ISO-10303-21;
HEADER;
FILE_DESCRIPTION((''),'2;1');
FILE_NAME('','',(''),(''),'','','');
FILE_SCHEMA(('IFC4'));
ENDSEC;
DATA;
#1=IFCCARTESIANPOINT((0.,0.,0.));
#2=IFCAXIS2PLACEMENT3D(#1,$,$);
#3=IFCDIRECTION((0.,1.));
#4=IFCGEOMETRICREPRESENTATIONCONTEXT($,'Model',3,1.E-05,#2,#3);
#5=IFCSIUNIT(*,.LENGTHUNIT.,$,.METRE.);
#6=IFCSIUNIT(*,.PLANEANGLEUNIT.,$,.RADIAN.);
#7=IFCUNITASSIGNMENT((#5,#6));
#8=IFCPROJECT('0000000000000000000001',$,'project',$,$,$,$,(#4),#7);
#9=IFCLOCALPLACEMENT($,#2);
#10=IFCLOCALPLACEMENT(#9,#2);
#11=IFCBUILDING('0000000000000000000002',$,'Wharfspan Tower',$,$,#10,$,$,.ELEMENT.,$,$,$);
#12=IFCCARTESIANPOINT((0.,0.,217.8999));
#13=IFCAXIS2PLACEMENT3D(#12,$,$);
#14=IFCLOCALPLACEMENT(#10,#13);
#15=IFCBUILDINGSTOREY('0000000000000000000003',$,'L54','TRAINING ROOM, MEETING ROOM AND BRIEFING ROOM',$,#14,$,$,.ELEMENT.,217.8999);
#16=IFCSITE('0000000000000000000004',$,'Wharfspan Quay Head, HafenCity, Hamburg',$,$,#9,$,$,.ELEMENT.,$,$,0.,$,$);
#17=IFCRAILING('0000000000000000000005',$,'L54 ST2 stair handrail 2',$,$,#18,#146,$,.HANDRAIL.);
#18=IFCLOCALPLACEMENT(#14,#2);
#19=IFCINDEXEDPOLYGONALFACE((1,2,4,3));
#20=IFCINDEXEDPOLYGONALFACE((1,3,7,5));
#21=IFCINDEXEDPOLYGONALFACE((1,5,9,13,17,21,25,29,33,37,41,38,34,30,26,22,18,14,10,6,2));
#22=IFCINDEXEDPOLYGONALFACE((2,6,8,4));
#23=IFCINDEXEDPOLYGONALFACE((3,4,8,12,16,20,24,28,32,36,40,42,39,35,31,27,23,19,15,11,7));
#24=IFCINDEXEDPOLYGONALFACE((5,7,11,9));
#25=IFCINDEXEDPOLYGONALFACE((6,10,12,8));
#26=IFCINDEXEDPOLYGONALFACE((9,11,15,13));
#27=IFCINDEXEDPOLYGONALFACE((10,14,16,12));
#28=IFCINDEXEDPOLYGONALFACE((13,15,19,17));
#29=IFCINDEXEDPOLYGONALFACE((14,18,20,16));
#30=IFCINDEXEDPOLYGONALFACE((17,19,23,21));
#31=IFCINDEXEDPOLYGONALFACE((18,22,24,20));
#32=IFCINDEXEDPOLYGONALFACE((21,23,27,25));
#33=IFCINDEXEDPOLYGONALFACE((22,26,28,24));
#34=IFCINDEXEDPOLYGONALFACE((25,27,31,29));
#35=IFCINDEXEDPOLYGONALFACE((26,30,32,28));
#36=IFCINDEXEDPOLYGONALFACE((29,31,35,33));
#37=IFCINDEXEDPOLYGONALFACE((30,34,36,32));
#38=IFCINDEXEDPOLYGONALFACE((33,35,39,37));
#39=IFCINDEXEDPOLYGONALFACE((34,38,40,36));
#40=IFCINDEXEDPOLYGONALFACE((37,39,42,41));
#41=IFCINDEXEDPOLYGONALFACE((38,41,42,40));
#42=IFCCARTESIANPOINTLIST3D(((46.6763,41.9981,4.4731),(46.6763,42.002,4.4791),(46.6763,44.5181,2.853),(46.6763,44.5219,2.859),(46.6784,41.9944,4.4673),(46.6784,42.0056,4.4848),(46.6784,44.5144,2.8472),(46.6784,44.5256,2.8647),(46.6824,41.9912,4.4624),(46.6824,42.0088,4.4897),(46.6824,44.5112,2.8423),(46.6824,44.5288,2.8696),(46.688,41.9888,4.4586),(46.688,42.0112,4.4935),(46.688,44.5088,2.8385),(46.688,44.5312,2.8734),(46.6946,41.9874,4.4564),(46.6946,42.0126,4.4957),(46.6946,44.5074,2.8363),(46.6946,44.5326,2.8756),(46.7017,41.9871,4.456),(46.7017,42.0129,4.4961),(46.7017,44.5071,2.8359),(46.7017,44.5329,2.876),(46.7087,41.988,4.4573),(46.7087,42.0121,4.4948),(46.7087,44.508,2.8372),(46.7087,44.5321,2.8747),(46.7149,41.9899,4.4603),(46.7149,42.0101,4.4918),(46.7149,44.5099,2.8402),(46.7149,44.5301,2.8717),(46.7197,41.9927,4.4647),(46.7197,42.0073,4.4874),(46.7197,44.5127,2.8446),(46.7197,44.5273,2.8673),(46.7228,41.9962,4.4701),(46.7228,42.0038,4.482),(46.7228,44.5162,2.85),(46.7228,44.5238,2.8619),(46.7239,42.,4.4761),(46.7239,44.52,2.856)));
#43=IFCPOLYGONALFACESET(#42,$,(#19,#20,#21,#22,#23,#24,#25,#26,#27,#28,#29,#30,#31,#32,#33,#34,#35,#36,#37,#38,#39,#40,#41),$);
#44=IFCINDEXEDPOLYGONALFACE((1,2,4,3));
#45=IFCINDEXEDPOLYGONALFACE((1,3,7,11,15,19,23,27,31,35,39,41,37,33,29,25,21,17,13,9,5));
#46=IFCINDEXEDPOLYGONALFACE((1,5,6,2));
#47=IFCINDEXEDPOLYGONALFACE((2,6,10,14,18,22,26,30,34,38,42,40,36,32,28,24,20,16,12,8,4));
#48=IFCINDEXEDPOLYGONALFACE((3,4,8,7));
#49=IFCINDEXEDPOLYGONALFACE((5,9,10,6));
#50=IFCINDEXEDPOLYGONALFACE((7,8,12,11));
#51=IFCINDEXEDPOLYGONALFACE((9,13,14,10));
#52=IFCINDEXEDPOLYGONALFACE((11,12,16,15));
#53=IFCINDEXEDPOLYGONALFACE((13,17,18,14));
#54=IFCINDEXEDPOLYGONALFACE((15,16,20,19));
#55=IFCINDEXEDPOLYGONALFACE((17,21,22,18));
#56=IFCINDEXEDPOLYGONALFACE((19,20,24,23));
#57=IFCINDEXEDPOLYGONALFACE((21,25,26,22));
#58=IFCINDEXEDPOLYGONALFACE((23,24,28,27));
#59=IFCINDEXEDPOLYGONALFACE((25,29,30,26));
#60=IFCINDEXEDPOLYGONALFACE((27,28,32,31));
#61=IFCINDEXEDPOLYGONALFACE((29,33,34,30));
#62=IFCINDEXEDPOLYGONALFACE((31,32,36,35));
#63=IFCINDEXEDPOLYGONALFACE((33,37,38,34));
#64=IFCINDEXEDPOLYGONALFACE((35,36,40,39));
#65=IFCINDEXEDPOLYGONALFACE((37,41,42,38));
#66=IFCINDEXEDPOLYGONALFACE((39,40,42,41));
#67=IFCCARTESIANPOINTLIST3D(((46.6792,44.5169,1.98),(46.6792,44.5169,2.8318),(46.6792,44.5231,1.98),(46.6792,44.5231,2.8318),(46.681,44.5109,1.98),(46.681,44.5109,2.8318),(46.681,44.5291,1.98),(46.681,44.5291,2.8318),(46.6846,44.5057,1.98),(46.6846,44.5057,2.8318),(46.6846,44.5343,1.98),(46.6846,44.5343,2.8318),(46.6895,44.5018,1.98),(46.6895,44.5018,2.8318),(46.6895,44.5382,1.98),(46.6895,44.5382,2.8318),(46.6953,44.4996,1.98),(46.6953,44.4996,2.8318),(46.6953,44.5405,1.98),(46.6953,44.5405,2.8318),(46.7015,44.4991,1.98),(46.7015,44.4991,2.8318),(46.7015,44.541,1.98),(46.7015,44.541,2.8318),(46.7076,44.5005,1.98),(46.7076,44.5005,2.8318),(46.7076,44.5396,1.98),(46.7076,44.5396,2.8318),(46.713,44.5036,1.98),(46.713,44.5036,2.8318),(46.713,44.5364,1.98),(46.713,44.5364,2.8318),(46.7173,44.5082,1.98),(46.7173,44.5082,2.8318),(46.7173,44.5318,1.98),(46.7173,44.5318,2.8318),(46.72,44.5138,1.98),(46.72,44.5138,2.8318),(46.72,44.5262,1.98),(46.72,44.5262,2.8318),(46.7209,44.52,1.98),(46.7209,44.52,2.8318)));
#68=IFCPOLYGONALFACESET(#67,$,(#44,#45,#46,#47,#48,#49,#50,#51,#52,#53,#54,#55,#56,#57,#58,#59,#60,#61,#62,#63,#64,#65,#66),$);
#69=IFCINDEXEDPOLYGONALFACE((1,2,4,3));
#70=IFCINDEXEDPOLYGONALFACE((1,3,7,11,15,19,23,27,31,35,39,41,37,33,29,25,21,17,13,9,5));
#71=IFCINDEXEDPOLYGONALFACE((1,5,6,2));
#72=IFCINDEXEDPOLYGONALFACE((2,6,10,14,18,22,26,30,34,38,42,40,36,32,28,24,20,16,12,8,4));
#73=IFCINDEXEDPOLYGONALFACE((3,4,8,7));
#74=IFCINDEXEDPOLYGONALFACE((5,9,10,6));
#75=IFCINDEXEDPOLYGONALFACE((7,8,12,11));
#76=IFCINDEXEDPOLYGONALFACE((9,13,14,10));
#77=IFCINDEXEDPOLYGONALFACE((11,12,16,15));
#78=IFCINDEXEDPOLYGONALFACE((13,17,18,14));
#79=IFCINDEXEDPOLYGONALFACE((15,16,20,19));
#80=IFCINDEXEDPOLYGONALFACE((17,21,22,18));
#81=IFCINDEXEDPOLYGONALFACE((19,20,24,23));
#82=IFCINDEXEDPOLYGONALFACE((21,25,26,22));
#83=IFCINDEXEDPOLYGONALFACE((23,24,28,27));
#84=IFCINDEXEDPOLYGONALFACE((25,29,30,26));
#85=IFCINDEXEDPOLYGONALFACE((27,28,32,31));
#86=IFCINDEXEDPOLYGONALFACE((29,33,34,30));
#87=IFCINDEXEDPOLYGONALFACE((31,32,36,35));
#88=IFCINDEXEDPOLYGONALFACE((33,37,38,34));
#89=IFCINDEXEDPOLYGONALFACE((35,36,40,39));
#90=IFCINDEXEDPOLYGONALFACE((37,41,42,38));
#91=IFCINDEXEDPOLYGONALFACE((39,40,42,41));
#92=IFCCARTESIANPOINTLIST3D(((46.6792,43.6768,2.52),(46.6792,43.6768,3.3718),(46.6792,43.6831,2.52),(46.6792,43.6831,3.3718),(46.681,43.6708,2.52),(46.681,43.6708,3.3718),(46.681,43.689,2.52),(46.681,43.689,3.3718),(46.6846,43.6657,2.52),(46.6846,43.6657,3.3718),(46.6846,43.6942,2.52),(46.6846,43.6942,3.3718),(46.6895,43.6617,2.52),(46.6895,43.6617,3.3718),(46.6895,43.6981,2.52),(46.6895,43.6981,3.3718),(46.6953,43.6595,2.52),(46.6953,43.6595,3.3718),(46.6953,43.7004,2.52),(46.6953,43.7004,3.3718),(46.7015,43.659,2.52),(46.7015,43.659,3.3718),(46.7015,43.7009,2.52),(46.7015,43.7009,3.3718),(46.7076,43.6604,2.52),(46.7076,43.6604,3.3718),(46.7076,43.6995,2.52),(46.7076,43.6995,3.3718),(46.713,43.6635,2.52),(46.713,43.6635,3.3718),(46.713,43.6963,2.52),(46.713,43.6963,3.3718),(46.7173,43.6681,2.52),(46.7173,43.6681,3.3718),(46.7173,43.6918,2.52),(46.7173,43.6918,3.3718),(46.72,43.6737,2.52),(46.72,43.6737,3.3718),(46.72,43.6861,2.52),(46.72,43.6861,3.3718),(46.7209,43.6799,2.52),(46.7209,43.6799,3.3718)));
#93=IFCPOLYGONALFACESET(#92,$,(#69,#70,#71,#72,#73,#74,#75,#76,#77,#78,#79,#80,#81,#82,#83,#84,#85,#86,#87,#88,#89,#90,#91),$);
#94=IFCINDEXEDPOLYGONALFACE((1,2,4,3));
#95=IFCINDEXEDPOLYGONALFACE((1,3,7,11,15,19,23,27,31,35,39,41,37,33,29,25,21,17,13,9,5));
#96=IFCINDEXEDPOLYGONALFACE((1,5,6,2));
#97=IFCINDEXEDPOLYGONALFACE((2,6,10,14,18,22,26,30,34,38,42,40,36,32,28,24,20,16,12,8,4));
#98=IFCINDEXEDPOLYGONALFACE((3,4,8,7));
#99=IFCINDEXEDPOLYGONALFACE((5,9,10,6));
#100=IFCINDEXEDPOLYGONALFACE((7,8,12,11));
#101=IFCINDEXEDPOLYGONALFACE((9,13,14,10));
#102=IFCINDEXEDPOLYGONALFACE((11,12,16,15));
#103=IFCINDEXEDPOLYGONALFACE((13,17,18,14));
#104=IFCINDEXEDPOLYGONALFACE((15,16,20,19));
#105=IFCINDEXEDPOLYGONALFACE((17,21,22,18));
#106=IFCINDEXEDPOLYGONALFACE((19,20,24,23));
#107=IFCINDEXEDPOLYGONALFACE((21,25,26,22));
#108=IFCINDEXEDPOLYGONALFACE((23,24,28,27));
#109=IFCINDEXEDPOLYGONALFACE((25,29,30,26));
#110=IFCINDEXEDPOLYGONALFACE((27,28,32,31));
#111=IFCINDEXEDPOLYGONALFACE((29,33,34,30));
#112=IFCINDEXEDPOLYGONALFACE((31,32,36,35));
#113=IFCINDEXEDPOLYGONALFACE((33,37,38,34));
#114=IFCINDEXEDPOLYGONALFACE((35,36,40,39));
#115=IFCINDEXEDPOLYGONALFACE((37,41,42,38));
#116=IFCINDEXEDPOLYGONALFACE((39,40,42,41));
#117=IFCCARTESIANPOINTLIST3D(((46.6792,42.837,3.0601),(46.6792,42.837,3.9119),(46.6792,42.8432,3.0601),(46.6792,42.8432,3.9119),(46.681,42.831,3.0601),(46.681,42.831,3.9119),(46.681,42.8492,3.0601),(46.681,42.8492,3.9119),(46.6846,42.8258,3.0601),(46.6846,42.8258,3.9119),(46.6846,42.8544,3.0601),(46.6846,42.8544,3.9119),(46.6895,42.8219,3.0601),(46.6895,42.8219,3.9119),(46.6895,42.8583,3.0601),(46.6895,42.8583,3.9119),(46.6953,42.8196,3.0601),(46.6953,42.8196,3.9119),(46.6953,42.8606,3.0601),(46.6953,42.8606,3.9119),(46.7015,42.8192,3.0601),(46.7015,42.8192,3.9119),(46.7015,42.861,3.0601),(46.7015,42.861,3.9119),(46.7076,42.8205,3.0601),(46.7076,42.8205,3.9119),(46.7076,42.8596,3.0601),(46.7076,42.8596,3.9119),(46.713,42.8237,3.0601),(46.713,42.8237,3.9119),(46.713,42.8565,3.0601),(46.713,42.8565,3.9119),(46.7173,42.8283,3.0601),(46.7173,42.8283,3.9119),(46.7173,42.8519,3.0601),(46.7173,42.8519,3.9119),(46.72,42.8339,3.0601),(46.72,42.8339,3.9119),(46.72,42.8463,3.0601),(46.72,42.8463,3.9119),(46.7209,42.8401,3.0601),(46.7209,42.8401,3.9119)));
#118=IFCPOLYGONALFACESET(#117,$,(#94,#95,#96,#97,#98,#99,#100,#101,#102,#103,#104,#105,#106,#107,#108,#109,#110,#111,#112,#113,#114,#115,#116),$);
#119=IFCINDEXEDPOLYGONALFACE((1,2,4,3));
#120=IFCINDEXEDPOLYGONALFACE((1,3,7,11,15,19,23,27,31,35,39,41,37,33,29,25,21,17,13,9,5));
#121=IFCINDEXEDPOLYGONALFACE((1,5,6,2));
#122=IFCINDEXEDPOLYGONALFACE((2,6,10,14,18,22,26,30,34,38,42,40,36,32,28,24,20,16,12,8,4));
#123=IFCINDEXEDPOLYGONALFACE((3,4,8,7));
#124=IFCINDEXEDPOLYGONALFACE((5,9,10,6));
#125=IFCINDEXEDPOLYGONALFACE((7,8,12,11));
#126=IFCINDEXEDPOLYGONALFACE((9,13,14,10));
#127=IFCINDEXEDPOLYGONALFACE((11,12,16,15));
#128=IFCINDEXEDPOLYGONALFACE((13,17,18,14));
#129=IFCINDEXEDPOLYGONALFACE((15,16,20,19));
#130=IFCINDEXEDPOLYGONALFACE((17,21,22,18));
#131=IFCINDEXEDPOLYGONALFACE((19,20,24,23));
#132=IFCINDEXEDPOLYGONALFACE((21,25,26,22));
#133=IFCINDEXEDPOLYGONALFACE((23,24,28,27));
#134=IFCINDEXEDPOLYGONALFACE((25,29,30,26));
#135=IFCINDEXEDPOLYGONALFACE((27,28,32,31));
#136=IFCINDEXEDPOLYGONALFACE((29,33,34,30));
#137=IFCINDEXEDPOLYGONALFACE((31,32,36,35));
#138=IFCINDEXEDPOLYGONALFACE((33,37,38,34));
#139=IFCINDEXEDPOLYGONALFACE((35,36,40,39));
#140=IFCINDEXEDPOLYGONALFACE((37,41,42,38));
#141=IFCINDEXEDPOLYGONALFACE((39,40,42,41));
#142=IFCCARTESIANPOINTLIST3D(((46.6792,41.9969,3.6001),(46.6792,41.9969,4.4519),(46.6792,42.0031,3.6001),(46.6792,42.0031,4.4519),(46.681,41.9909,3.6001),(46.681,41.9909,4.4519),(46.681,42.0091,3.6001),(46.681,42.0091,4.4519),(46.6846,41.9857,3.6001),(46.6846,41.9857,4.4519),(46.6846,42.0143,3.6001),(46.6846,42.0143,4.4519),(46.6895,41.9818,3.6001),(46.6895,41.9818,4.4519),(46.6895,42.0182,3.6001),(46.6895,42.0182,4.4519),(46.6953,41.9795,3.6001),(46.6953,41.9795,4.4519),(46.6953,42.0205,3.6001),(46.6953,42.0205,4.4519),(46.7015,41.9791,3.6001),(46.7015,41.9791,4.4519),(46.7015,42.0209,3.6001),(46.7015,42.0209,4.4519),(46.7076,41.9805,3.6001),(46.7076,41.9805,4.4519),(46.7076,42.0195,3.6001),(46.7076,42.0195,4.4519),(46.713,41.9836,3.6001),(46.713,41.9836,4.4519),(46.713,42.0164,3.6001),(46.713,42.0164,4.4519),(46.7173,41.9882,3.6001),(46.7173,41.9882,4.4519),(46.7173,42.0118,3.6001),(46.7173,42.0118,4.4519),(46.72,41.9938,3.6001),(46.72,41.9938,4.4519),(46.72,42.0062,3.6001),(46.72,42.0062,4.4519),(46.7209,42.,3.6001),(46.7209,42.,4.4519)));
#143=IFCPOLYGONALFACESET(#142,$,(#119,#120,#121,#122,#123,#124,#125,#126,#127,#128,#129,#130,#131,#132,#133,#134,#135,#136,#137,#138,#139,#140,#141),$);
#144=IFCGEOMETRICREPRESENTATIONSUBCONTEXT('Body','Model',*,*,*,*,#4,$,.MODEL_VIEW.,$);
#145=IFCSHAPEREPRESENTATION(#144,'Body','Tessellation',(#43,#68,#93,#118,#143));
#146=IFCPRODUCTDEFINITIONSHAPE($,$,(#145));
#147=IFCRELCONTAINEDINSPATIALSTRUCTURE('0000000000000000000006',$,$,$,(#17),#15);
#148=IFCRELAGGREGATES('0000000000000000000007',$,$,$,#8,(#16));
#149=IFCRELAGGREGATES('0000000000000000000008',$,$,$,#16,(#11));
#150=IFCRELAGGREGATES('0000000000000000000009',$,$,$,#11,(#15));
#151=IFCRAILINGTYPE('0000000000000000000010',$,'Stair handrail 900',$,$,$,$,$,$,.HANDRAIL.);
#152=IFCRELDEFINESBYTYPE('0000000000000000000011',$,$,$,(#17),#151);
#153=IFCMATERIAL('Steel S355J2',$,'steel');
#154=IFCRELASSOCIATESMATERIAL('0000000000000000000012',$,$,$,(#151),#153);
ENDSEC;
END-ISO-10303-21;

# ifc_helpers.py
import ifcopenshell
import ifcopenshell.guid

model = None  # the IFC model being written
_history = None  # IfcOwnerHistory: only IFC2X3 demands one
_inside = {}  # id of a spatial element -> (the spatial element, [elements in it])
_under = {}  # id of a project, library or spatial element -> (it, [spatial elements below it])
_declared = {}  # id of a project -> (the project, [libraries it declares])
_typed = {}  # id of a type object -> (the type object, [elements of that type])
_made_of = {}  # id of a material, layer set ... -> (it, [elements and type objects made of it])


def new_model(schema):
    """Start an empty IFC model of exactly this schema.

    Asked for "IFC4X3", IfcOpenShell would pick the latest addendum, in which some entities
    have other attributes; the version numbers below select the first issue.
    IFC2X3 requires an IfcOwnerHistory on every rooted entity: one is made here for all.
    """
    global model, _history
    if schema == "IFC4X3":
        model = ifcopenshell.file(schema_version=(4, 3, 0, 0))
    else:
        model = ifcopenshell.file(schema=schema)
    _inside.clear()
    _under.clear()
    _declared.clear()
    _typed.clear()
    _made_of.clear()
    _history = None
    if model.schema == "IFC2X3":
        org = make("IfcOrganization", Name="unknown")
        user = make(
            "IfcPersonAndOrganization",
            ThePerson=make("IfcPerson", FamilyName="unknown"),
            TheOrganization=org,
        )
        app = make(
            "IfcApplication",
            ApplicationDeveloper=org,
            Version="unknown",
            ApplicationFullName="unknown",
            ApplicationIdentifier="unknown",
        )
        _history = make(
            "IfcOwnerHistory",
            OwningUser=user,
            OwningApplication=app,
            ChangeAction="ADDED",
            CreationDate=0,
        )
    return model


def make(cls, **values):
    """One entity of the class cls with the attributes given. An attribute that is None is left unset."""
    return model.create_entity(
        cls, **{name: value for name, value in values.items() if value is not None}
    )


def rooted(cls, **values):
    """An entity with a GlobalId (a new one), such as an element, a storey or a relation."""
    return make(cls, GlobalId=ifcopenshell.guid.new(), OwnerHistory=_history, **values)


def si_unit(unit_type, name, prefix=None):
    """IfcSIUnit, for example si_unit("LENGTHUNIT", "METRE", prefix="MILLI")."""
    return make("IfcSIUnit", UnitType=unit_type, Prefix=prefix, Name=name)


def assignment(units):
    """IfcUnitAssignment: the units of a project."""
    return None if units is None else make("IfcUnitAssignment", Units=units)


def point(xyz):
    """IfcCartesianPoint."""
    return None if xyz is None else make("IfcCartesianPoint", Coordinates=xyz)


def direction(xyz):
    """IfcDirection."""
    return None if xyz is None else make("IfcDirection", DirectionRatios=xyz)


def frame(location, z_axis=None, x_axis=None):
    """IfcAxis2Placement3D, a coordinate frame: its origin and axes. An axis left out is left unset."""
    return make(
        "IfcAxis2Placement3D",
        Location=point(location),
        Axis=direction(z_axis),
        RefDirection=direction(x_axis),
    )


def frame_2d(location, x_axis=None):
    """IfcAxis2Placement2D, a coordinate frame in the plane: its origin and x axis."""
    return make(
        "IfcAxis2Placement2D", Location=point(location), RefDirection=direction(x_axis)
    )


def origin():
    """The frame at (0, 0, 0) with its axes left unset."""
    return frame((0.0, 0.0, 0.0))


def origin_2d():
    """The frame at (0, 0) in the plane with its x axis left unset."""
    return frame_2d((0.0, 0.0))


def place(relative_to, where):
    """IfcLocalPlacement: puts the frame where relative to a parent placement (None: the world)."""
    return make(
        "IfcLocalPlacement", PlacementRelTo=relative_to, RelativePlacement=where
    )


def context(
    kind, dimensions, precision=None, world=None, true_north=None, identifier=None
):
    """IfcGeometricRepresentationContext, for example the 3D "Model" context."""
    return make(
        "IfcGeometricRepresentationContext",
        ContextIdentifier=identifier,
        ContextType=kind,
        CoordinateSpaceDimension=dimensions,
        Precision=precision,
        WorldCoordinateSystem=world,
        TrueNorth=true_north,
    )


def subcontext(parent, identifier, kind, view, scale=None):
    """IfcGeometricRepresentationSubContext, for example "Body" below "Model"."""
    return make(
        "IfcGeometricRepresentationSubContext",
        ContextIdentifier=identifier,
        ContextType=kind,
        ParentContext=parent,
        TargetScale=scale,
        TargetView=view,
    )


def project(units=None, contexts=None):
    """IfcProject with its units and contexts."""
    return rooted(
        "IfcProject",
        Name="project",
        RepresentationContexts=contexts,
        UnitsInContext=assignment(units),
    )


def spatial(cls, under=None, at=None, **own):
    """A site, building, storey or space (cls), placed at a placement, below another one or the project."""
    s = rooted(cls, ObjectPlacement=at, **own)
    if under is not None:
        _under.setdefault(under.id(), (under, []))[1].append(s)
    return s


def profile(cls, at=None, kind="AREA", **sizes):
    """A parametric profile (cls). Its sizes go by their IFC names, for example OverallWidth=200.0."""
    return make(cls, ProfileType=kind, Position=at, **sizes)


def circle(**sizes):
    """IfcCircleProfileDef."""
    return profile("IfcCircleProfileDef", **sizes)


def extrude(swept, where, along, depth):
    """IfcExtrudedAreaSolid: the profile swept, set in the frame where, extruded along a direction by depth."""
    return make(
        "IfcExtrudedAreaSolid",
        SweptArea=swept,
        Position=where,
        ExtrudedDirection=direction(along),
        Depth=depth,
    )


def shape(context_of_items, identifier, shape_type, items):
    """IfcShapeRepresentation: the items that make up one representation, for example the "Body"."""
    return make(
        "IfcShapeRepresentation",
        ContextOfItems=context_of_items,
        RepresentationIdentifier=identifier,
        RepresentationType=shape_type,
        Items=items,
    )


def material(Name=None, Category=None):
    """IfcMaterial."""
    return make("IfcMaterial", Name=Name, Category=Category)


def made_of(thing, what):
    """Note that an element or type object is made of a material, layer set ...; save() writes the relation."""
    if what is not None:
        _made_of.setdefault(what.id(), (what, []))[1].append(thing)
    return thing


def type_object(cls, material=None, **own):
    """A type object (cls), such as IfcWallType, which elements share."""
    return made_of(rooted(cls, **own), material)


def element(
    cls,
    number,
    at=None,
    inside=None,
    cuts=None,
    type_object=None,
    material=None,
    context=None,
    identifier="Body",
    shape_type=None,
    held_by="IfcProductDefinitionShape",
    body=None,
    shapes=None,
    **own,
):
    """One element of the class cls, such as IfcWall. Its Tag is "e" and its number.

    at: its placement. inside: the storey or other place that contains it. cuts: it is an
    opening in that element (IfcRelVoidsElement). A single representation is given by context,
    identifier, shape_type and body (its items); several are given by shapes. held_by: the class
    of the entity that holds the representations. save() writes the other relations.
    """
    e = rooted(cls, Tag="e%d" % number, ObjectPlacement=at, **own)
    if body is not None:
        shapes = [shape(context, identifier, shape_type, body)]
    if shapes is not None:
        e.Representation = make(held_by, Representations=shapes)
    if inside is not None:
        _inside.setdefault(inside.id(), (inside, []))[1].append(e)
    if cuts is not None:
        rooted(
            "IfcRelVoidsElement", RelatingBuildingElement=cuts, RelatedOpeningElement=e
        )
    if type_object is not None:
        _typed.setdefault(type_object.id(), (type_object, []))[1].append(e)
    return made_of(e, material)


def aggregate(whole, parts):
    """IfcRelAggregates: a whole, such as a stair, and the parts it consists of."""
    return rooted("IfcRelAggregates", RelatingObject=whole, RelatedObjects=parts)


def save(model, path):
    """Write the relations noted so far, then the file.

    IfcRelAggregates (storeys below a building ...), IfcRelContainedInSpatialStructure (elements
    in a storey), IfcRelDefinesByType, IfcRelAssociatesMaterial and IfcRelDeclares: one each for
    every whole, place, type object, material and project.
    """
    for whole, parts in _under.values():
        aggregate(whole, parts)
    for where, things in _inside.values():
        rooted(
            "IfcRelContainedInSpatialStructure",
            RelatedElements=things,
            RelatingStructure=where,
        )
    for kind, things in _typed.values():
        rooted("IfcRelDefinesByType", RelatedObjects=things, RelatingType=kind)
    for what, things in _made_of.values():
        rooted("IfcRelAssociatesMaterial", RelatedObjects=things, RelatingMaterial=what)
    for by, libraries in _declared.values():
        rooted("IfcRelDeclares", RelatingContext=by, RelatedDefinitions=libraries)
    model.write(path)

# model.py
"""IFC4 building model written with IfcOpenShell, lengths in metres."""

from ifc_helpers import new_model, si_unit, direction, frame, origin, origin_2d, place, context, subcontext, project, spatial, circle, extrude, material, type_object, element, save


model = new_model("IFC4")

# Units and contexts
model_context = context("Model", 3, precision=1e-05, world=origin(), true_north=direction((0.0, 1.0)))
body_context = subcontext(model_context, "Body", "Model", "MODEL_VIEW")
ifc_project = project(units=[si_unit("LENGTHUNIT", "METRE"), si_unit("PLANEANGLEUNIT", "RADIAN")], contexts=[model_context])

# Site, building, storey
site_placement = place(None, origin())
site = spatial("IfcSite", under=ifc_project, at=site_placement, Name="Wharfspan Quay Head, HafenCity, Hamburg", CompositionType="ELEMENT", RefElevation=0.0)
building_placement = place(site_placement, origin())
building = spatial("IfcBuilding", under=site, at=building_placement, Name="Wharfspan Tower", CompositionType="ELEMENT")
storey_placement = place(building_placement, frame((0.0, 0.0, 217.8999)))
storey = spatial("IfcBuildingStorey", under=building, at=storey_placement, Name="L54", Description="TRAINING ROOM, MEETING ROOM AND BRIEFING ROOM", CompositionType="ELEMENT", Elevation=217.8999)

# Shared definitions
ifc_material_1 = material(Name="Steel S355J2", Category="steel")

# Railing
railing_type_1 = type_object("IfcRailingType", Name="Stair handrail 900", PredefinedType="HANDRAIL", material=ifc_material_1)
railing_1_placement = place(storey_placement, frame((46.7, 44.52, 1.98)))
element("IfcRailing", 1, at=railing_1_placement, inside=storey, type_object=railing_type_1, Name="L54 ST2 stair handrail 2", PredefinedType="HANDRAIL", context=body_context, shape_type="SweptSolid", body=[
    extrude(circle(Radius=0.0239, at=origin_2d()), frame((0.0, 0.0, 0.876), z_axis=(0.0, -0.841163, 0.540782), x_axis=(1.0, 0.0, 0.0)), (0.0, 0.0, 1.0), 2.9958),
    extrude(circle(Radius=0.021, at=origin_2d()), origin(), (0.0, 0.0, 1.0), 0.8518),
    extrude(circle(Radius=0.021, at=origin_2d()), frame((0.0, -0.8401, 0.54)), (0.0, 0.0, 1.0), 0.8518),
    extrude(circle(Radius=0.021, at=origin_2d()), frame((0.0, -1.6799, 1.0801)), (0.0, 0.0, 1.0), 0.8518),
    extrude(circle(Radius=0.021, at=origin_2d()), frame((0.0, -2.52, 1.6201)), (0.0, 0.0, 1.0), 0.8518),
])

save(model, "model.ifc")
